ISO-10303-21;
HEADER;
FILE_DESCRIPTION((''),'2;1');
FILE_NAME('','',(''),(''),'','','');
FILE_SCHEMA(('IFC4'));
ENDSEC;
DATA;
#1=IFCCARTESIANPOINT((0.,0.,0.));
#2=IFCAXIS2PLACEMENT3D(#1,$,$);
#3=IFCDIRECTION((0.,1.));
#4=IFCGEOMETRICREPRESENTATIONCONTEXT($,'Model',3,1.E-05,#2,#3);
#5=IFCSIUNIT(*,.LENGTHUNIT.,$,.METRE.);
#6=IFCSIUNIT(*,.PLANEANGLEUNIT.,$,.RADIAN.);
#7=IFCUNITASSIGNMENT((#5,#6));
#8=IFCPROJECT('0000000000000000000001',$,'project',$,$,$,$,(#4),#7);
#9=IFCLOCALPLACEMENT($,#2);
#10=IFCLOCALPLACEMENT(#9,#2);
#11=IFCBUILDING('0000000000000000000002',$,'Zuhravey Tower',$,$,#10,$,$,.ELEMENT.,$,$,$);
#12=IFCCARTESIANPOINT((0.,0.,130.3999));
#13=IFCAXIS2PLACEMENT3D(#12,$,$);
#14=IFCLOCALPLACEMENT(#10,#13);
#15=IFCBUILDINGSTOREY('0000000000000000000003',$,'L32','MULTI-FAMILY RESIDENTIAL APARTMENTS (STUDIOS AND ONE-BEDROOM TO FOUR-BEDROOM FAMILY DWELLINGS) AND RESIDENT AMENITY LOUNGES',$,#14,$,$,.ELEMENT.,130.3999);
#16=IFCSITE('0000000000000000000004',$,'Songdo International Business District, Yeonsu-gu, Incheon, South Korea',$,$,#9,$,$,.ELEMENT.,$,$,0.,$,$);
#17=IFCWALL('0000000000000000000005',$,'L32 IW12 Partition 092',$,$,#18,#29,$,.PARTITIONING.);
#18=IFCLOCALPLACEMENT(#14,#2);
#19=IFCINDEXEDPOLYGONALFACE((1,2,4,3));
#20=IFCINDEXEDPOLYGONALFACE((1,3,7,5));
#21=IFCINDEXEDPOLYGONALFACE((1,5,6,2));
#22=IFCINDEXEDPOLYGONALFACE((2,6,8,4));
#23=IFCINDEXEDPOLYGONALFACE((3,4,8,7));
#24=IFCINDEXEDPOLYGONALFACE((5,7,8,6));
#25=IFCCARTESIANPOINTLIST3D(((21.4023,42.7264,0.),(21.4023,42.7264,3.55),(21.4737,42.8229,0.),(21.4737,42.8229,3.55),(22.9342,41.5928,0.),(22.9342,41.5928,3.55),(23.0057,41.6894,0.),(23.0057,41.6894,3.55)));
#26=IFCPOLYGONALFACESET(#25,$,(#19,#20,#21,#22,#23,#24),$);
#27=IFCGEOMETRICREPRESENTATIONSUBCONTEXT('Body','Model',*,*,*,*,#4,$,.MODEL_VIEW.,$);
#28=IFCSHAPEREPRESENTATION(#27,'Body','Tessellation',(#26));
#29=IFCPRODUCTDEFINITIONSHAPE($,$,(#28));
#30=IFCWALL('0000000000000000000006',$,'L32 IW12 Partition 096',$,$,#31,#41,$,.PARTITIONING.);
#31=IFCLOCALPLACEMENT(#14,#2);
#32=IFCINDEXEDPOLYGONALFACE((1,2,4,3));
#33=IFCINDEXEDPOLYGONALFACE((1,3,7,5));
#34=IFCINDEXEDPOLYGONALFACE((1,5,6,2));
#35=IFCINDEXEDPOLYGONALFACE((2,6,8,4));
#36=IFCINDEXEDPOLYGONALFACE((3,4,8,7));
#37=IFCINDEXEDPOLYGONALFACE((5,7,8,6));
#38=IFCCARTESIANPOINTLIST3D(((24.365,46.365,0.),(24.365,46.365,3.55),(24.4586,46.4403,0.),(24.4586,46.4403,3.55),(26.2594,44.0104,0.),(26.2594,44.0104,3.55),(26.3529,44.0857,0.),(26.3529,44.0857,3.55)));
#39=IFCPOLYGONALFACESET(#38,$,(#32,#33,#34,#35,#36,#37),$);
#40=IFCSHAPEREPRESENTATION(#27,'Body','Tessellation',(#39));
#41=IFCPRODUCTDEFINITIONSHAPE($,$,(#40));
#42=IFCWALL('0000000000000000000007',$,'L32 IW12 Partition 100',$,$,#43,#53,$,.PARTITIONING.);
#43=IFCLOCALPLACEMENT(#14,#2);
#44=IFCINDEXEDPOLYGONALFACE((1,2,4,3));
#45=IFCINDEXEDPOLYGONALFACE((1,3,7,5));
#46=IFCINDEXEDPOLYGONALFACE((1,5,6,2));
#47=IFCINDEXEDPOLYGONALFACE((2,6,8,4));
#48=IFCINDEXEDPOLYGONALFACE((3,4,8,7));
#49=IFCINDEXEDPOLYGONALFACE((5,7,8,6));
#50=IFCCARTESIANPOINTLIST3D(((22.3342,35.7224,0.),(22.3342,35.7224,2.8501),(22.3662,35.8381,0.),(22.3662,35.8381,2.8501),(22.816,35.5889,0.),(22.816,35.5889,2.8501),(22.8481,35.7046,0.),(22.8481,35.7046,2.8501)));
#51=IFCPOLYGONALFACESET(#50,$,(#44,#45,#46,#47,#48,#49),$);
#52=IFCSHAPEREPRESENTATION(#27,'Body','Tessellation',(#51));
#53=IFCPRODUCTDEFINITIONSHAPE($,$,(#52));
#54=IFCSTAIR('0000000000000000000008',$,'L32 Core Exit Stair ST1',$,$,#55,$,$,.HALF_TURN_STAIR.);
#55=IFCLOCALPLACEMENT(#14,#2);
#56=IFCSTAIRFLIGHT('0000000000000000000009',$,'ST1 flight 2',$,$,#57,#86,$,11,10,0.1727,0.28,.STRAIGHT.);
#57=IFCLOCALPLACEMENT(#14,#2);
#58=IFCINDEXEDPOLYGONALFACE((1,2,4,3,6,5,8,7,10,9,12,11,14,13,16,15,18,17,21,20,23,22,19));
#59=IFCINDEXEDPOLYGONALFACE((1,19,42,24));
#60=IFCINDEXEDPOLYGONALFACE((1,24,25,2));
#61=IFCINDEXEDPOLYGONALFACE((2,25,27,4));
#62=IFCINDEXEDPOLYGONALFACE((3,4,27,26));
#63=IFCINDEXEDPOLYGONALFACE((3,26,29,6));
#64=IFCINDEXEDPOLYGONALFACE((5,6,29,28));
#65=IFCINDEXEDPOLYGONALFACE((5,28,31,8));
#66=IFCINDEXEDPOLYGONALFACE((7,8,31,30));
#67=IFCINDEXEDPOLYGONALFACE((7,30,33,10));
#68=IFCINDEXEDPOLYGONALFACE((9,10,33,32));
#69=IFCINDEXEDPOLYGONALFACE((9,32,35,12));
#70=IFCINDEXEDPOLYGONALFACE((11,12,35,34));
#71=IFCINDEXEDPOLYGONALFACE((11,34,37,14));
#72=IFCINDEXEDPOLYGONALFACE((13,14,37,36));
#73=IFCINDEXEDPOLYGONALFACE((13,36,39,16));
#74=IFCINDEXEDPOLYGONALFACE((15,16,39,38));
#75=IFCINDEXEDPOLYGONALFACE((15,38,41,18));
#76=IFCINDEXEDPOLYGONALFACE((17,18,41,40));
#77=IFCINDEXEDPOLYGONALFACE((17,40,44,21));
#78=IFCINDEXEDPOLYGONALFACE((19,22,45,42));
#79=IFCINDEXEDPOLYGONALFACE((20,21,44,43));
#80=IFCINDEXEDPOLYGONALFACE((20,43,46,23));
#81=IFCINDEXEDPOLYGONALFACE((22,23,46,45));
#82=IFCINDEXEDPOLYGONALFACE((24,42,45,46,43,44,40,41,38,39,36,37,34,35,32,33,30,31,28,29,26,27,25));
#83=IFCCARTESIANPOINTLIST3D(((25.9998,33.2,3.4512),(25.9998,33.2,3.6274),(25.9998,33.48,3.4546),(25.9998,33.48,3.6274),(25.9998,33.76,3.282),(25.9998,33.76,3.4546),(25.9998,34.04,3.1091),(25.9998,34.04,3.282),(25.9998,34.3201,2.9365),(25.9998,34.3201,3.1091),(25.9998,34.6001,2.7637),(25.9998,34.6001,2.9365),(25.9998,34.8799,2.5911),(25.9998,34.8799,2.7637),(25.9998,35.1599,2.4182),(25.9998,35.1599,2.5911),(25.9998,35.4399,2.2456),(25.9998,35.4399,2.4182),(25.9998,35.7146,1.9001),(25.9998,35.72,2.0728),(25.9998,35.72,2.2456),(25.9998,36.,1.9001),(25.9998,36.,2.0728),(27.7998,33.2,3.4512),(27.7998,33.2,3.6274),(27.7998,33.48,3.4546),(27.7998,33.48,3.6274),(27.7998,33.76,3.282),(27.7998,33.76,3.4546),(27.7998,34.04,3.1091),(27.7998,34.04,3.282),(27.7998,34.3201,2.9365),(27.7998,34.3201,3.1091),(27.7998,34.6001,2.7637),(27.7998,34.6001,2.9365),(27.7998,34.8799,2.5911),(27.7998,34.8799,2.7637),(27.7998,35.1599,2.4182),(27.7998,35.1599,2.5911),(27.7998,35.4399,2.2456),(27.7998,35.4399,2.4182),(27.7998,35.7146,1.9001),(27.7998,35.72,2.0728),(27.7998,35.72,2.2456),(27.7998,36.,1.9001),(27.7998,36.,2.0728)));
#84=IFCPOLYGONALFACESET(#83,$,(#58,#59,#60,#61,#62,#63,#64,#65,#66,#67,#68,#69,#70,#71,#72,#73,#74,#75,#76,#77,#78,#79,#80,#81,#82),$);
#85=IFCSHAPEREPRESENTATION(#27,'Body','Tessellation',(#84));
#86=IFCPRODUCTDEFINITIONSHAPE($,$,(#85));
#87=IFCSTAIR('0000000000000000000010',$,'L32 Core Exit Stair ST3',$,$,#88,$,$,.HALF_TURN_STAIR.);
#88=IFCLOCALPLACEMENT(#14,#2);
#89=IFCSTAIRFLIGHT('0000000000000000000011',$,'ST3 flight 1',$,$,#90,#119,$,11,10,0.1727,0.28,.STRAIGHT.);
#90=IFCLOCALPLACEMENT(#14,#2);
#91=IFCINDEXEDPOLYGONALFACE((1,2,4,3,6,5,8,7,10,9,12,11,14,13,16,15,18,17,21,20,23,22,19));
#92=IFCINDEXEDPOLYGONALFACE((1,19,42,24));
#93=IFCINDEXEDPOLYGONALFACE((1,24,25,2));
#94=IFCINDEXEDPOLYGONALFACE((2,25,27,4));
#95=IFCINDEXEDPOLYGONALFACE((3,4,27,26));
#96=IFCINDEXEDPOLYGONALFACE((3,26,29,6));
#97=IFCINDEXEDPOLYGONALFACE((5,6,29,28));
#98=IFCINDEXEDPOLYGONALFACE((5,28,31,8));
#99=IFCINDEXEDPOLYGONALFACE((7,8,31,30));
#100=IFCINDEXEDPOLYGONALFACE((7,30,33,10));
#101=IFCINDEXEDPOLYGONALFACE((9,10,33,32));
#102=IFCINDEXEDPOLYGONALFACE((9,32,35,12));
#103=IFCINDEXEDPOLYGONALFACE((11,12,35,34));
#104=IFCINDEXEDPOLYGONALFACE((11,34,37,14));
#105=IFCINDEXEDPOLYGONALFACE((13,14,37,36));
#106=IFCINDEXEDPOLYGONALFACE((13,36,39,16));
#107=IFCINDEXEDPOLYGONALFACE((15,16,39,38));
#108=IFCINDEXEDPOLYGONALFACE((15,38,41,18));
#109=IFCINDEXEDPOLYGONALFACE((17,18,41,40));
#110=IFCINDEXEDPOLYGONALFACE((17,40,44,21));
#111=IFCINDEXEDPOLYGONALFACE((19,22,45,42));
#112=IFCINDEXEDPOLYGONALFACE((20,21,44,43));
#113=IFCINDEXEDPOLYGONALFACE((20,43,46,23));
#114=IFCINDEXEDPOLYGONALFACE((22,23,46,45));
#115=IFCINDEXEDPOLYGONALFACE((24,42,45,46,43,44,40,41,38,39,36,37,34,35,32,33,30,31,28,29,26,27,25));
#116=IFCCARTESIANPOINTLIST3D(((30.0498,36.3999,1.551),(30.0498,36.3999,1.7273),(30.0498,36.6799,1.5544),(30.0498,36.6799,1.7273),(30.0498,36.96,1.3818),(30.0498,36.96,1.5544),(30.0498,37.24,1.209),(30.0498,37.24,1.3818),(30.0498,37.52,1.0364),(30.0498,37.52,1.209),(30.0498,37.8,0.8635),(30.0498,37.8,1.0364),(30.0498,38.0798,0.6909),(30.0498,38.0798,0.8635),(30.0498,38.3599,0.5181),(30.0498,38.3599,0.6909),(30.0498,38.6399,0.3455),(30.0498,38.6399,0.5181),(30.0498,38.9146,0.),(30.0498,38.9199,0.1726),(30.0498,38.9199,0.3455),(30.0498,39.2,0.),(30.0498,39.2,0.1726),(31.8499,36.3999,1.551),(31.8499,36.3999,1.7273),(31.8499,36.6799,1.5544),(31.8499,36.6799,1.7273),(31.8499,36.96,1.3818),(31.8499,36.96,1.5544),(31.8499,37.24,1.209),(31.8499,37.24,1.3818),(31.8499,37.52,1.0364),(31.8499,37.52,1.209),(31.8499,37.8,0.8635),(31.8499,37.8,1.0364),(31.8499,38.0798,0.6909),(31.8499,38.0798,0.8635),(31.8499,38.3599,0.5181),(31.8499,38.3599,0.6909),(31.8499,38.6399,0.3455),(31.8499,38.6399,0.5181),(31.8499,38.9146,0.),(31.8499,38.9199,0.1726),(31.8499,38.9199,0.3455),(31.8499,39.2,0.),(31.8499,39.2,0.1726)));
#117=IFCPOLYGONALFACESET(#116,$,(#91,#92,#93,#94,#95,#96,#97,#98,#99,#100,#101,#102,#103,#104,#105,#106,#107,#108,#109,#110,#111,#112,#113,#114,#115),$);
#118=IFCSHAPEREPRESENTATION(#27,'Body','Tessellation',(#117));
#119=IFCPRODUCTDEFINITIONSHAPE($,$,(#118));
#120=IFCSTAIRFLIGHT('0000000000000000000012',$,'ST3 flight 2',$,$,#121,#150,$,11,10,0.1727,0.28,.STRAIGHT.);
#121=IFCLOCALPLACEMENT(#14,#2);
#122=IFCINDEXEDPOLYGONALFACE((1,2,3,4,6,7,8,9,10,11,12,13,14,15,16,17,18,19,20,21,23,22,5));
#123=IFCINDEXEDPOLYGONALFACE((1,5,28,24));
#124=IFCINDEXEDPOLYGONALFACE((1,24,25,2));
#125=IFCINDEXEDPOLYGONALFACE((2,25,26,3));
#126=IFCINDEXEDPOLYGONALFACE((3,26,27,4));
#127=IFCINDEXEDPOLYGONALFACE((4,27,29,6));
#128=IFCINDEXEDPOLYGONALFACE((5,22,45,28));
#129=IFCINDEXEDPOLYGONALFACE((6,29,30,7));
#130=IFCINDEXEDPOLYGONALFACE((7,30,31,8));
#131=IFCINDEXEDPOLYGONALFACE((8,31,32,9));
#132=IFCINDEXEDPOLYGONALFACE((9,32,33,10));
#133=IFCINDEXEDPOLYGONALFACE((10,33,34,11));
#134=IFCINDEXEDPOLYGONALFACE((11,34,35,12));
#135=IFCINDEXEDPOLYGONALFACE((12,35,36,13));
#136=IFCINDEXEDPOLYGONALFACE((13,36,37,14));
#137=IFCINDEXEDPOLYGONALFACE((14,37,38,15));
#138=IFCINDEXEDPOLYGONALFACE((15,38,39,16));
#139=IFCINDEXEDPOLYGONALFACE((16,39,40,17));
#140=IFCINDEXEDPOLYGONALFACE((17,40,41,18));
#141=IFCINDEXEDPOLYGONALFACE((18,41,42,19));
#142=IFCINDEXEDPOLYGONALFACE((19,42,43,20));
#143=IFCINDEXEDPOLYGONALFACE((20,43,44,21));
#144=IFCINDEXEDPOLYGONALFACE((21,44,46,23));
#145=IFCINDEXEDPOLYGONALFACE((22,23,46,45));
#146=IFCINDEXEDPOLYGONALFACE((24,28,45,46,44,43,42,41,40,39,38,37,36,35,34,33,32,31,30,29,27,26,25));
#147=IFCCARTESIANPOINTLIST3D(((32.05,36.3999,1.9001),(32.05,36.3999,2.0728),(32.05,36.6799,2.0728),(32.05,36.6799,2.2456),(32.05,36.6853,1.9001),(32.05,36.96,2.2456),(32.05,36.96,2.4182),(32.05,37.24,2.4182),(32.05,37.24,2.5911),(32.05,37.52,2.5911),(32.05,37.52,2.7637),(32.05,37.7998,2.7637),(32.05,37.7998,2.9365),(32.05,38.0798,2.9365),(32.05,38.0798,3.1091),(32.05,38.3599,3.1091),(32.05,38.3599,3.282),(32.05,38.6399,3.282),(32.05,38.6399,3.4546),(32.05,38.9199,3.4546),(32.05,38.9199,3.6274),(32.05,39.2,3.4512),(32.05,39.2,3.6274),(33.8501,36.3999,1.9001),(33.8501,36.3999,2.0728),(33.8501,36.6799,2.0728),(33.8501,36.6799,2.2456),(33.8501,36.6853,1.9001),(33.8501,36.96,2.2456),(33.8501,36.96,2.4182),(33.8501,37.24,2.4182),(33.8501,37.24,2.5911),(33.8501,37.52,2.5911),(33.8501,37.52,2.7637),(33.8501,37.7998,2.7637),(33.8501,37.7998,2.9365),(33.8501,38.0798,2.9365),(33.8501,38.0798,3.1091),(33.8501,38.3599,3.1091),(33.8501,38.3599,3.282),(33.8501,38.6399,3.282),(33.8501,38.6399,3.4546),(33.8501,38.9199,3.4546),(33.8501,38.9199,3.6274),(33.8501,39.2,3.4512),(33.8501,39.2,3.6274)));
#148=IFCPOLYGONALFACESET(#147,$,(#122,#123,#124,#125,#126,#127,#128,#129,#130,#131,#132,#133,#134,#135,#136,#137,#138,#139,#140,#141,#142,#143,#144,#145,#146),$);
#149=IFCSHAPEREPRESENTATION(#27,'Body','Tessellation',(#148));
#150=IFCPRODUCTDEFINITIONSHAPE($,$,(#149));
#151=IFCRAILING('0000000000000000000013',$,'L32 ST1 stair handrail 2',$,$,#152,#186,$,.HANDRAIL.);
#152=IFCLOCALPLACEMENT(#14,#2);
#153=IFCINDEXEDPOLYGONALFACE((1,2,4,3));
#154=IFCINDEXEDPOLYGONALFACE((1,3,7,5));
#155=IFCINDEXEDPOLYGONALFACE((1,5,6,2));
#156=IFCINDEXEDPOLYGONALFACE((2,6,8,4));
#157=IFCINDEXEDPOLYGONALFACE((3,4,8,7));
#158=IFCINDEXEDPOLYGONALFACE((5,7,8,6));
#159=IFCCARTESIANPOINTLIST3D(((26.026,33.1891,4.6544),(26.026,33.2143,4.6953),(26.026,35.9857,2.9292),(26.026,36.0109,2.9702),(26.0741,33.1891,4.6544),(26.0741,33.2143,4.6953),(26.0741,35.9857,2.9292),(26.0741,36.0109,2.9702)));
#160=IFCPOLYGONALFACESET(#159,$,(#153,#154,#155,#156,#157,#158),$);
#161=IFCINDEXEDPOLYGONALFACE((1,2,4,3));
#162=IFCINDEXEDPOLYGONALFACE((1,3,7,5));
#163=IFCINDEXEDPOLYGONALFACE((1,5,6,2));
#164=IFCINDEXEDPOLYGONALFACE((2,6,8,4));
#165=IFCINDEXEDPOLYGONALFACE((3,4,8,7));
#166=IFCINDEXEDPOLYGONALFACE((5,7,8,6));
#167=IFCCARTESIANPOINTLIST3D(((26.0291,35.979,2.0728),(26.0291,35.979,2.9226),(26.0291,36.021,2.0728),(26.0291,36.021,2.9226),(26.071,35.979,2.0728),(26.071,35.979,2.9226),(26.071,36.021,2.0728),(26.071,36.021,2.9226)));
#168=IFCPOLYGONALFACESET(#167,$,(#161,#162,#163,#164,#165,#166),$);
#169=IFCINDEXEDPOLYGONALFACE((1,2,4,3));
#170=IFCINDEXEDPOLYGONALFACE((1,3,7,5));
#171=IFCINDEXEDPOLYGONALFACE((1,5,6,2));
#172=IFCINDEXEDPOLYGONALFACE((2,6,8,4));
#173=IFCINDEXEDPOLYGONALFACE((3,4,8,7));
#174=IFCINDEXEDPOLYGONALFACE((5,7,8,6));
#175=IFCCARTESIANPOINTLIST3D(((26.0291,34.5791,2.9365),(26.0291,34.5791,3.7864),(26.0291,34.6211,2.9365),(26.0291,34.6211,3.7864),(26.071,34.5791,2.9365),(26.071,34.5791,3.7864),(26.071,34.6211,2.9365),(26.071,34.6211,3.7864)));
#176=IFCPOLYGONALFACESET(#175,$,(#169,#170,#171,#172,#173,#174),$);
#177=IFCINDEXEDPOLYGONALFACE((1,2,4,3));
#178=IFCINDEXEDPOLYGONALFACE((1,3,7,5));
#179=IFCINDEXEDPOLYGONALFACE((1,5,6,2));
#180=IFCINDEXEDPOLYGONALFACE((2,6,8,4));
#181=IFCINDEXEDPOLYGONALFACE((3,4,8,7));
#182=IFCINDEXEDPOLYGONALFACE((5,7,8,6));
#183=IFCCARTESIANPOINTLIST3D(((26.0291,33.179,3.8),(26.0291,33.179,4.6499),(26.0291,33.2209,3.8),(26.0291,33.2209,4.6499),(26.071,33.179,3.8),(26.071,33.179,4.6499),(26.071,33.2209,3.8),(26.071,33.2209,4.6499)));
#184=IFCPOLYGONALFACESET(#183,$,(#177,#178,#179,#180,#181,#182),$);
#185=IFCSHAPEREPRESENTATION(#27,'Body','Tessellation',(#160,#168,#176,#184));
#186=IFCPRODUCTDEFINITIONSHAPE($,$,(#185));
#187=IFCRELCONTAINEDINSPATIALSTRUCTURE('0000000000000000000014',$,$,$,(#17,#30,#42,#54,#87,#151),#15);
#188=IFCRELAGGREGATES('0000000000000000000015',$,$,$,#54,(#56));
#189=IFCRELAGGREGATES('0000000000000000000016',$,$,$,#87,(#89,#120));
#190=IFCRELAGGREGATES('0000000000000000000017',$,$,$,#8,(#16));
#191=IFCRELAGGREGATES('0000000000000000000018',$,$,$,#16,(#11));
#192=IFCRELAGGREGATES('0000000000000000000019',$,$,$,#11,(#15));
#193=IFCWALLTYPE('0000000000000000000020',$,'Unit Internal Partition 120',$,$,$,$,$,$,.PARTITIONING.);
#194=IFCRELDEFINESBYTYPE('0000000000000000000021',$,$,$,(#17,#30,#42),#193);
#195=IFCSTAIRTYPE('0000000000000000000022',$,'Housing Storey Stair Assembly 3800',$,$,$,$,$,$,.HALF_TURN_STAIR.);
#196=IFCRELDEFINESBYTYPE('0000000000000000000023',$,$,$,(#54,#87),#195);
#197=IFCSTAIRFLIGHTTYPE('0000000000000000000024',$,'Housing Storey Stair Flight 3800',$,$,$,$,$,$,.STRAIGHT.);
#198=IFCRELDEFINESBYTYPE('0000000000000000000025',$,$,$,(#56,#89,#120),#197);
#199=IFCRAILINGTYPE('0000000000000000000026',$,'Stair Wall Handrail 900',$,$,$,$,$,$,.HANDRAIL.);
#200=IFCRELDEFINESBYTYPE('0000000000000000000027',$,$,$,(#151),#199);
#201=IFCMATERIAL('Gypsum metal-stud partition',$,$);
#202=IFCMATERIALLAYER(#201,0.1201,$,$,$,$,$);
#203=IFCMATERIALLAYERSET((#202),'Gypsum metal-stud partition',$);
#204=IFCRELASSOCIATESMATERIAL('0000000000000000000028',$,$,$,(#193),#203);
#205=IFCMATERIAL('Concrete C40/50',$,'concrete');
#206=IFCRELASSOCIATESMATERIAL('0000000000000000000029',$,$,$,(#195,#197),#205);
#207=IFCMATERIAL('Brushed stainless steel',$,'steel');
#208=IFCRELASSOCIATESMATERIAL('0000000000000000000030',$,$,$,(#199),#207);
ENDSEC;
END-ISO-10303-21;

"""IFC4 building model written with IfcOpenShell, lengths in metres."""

from ifc_helpers import new_model, si_unit, direction, frame, frame_2d, origin, origin_2d, place, context, subcontext, project, spatial, polyline, rectangle, outline, extrude, material, layer, layer_set, type_object, element, aggregate, save


model = new_model("IFC4")

# Units and contexts
model_context = context("Model", 3, precision=1e-05, world=origin(), true_north=direction((0.0, 1.0)))
body_context = subcontext(model_context, "Body", "Model", "MODEL_VIEW")
ifc_project = project(units=[si_unit("LENGTHUNIT", "METRE"), si_unit("PLANEANGLEUNIT", "RADIAN")], contexts=[model_context])

# Site, building, storey
site_placement = place(None, origin())
site = spatial("IfcSite", under=ifc_project, at=site_placement, Name="Songdo International Business District, Yeonsu-gu, Incheon, South Korea", CompositionType="ELEMENT", RefElevation=0.0)
building_placement = place(site_placement, origin())
building = spatial("IfcBuilding", under=site, at=building_placement, Name="Zuhravey Tower", CompositionType="ELEMENT")
storey_placement = place(building_placement, frame((0.0, 0.0, 130.3999)))
storey = spatial("IfcBuildingStorey", under=building, at=storey_placement, Name="L32", Description="MULTI-FAMILY RESIDENTIAL APARTMENTS (STUDIOS AND ONE-BEDROOM TO FOUR-BEDROOM FAMILY DWELLINGS) AND RESIDENT AMENITY LOUNGES", CompositionType="ELEMENT", Elevation=130.3999)

# Shared definitions
ifc_material_1 = material(Name="Gypsum metal-stud partition")
ifc_layer_1 = layer(ifc_material_1, 0.1201)
ifc_layer_set_1 = layer_set([ifc_layer_1], Name="Gypsum metal-stud partition")
wall_type_1 = type_object("IfcWallType", Name="Unit Internal Partition 120", PredefinedType="PARTITIONING", material=ifc_layer_set_1)

# Walls
wall_1_placement = place(storey_placement, frame((22.97, 41.6411, 0.0), z_axis=(0.0, 0.0, 1.0), x_axis=(-0.803873, 0.594802, 0.0)))
element("IfcWall", 1, at=wall_1_placement, inside=storey, type_object=wall_type_1, Name="L32 IW12 Partition 092", PredefinedType="PARTITIONING", context=body_context, shape_type="SweptSolid", body=[
    extrude(rectangle(XDim=1.9058, YDim=0.1201, at=frame_2d((0.9529, 0.0))), origin(), (0.0, 0.0, 1.0), 3.55),
])
wall_2_placement = place(storey_placement, frame((26.3062, 44.0481, 0.0), z_axis=(0.0, 0.0, 1.0), x_axis=(-0.62685, 0.77914, 0.0)))
element("IfcWall", 2, at=wall_2_placement, inside=storey, type_object=wall_type_1, Name="L32 IW12 Partition 096", PredefinedType="PARTITIONING", context=body_context, shape_type="SweptSolid", body=[
    extrude(rectangle(XDim=3.022, YDim=0.1201, at=frame_2d((1.511, 0.0))), origin(), (0.0, 0.0, 1.0), 3.55),
])
wall_3_placement = place(storey_placement, frame((22.832, 35.6467, 0.0), z_axis=(0.0, 0.0, 1.0), x_axis=(-0.963686, 0.26704, 0.0)))
element("IfcWall", 3, at=wall_3_placement, inside=storey, type_object=wall_type_1, Name="L32 IW12 Partition 100", PredefinedType="PARTITIONING", context=body_context, shape_type="SweptSolid", body=[
    extrude(rectangle(XDim=0.5, YDim=0.1201, at=frame_2d((0.25, 0.0))), origin(), (0.0, 0.0, 1.0), 2.8501),
])

# Stair, stair flight
ifc_material_2 = material(Name="Concrete C40/50", Category="concrete")
stair_type = type_object("IfcStairType", Name="Housing Storey Stair Assembly 3800", PredefinedType="HALF_TURN_STAIR", material=ifc_material_2)
stair_1_placement = place(storey_placement, origin())
stair_1 = element("IfcStair", 4, at=stair_1_placement, inside=storey, type_object=stair_type, Name="L32 Core Exit Stair ST1", PredefinedType="HALF_TURN_STAIR")
stair_flight_type = type_object("IfcStairFlightType", Name="Housing Storey Stair Flight 3800", PredefinedType="STRAIGHT", material=ifc_material_2)
stair_flight_1_placement = place(storey_placement, frame((26.8999, 36.0, 1.9001), z_axis=(0.0, 0.0, 1.0), x_axis=(0.0, -1.0, 0.0)))
stair_flight_1 = element("IfcStairFlight", 5, at=stair_flight_1_placement, type_object=stair_flight_type, Name="ST1 flight 2", NumberOfRisers=11, NumberOfTreads=10, PredefinedType="STRAIGHT", RiserHeight=0.1727, TreadLength=0.28, context=body_context, shape_type="SweptSolid", body=[
    extrude(outline(polyline([(0.0, 0.0), (0.0, 0.1726), (0.28, 0.1726), (0.28, 0.3455), (0.5601, 0.3455), (0.5601, 0.5181), (0.8401, 0.5181), (0.8401, 0.6909), (1.1201, 0.6909), (1.1201, 0.8635), (1.3999, 0.8635), (1.3999, 1.0364), (1.6799, 1.0364), (1.6799, 1.209), (1.96, 1.209), (1.96, 1.3818), (2.24, 1.3818), (2.24, 1.5544), (2.52, 1.5544), (2.52, 1.7273), (2.8, 1.7273), (2.8, 1.8999), (2.8, 1.551), (0.2854, 0.0), (0.0, 0.0)])), frame((0.0, 0.8999, 0.0), z_axis=(0.0, -1.0, 0.0), x_axis=(1.0, 0.0, 0.0)), (0.0, 0.0, 1.0), 1.8),
])
aggregate(stair_1, [stair_flight_1])

# Stair, stair flights
stair_2_placement = place(storey_placement, origin())
stair_2 = element("IfcStair", 6, at=stair_2_placement, inside=storey, type_object=stair_type, Name="L32 Core Exit Stair ST3", PredefinedType="HALF_TURN_STAIR")
stair_flight_2_placement = place(storey_placement, frame((30.95, 39.2, 0.0), z_axis=(0.0, 0.0, 1.0), x_axis=(0.0, -1.0, 0.0)))
stair_flight_2 = element("IfcStairFlight", 7, at=stair_flight_2_placement, type_object=stair_flight_type, Name="ST3 flight 1", NumberOfRisers=11, NumberOfTreads=10, PredefinedType="STRAIGHT", RiserHeight=0.1727, TreadLength=0.28, context=body_context, shape_type="SweptSolid", body=[
    extrude(outline(polyline([(0.0, 0.0), (0.0, 0.1726), (0.28, 0.1726), (0.28, 0.3455), (0.5601, 0.3455), (0.5601, 0.5181), (0.8401, 0.5181), (0.8401, 0.6909), (1.1201, 0.6909), (1.1201, 0.8635), (1.3999, 0.8635), (1.3999, 1.0364), (1.6799, 1.0364), (1.6799, 1.209), (1.96, 1.209), (1.96, 1.3818), (2.24, 1.3818), (2.24, 1.5544), (2.52, 1.5544), (2.52, 1.7273), (2.8, 1.7273), (2.8, 1.8999), (2.8, 1.551), (0.2854, 0.0), (0.0, 0.0)])), frame((0.0, 0.8999, 0.0), z_axis=(0.0, -1.0, 0.0), x_axis=(1.0, 0.0, 0.0)), (0.0, 0.0, 1.0), 1.8),
])
stair_flight_3_placement = place(storey_placement, frame((32.95, 36.3999, 1.9001), z_axis=(0.0, 0.0, 1.0), x_axis=(0.0, 1.0, 0.0)))
stair_flight_3 = element("IfcStairFlight", 8, at=stair_flight_3_placement, type_object=stair_flight_type, Name="ST3 flight 2", NumberOfRisers=11, NumberOfTreads=10, PredefinedType="STRAIGHT", RiserHeight=0.1727, TreadLength=0.28, context=body_context, shape_type="SweptSolid", body=[
    extrude(outline(polyline([(0.0, 0.0), (0.0, 0.1726), (0.28, 0.1726), (0.28, 0.3455), (0.5601, 0.3455), (0.5601, 0.5181), (0.8401, 0.5181), (0.8401, 0.6909), (1.1201, 0.6909), (1.1201, 0.8635), (1.3999, 0.8635), (1.3999, 1.0364), (1.6799, 1.0364), (1.6799, 1.209), (1.96, 1.209), (1.96, 1.3818), (2.24, 1.3818), (2.24, 1.5544), (2.52, 1.5544), (2.52, 1.7273), (2.8, 1.7273), (2.8, 1.8999), (2.8, 1.551), (0.2854, 0.0), (0.0, 0.0)])), frame((0.0, 0.8999, 0.0), z_axis=(0.0, -1.0, 0.0), x_axis=(1.0, 0.0, 0.0)), (0.0, 0.0, 1.0), 1.8),
])
aggregate(stair_2, [stair_flight_2, stair_flight_3])

# Railing
ifc_material_3 = material(Name="Brushed stainless steel", Category="steel")
railing_type_1 = type_object("IfcRailingType", Name="Stair Wall Handrail 900", PredefinedType="HANDRAIL", material=ifc_material_3)
for number, where, name in (
    (9, (26.05, 36.0, 2.0728), "L32 ST1 stair handrail 2"),
):
    element("IfcRailing", number, at=place(storey_placement, frame(where)), inside=storey, type_object=railing_type_1, Name=name, PredefinedType="HANDRAIL", context=body_context, shape_type="SweptSolid", body=[
        extrude(rectangle(XDim=0.0481, YDim=0.0481, at=origin_2d()), frame((0.0, -0.0017, 0.877), z_axis=(0.0, -0.85109, 0.52502), x_axis=(1.0, 0.0, 0.0)), (0.0, 0.0, 1.0), 3.2859),
        extrude(rectangle(XDim=0.042, YDim=0.042, at=origin_2d()), origin(), (0.0, 0.0, 1.0), 0.8499),
        extrude(rectangle(XDim=0.042, YDim=0.042, at=origin_2d()), frame((0.0, -1.3999, 0.8638)), (0.0, 0.0, 1.0), 0.8499),
        extrude(rectangle(XDim=0.042, YDim=0.042, at=origin_2d()), frame((0.0, -2.8, 1.7273)), (0.0, 0.0, 1.0), 0.8499),
    ])

save(model, "model.ifc")
